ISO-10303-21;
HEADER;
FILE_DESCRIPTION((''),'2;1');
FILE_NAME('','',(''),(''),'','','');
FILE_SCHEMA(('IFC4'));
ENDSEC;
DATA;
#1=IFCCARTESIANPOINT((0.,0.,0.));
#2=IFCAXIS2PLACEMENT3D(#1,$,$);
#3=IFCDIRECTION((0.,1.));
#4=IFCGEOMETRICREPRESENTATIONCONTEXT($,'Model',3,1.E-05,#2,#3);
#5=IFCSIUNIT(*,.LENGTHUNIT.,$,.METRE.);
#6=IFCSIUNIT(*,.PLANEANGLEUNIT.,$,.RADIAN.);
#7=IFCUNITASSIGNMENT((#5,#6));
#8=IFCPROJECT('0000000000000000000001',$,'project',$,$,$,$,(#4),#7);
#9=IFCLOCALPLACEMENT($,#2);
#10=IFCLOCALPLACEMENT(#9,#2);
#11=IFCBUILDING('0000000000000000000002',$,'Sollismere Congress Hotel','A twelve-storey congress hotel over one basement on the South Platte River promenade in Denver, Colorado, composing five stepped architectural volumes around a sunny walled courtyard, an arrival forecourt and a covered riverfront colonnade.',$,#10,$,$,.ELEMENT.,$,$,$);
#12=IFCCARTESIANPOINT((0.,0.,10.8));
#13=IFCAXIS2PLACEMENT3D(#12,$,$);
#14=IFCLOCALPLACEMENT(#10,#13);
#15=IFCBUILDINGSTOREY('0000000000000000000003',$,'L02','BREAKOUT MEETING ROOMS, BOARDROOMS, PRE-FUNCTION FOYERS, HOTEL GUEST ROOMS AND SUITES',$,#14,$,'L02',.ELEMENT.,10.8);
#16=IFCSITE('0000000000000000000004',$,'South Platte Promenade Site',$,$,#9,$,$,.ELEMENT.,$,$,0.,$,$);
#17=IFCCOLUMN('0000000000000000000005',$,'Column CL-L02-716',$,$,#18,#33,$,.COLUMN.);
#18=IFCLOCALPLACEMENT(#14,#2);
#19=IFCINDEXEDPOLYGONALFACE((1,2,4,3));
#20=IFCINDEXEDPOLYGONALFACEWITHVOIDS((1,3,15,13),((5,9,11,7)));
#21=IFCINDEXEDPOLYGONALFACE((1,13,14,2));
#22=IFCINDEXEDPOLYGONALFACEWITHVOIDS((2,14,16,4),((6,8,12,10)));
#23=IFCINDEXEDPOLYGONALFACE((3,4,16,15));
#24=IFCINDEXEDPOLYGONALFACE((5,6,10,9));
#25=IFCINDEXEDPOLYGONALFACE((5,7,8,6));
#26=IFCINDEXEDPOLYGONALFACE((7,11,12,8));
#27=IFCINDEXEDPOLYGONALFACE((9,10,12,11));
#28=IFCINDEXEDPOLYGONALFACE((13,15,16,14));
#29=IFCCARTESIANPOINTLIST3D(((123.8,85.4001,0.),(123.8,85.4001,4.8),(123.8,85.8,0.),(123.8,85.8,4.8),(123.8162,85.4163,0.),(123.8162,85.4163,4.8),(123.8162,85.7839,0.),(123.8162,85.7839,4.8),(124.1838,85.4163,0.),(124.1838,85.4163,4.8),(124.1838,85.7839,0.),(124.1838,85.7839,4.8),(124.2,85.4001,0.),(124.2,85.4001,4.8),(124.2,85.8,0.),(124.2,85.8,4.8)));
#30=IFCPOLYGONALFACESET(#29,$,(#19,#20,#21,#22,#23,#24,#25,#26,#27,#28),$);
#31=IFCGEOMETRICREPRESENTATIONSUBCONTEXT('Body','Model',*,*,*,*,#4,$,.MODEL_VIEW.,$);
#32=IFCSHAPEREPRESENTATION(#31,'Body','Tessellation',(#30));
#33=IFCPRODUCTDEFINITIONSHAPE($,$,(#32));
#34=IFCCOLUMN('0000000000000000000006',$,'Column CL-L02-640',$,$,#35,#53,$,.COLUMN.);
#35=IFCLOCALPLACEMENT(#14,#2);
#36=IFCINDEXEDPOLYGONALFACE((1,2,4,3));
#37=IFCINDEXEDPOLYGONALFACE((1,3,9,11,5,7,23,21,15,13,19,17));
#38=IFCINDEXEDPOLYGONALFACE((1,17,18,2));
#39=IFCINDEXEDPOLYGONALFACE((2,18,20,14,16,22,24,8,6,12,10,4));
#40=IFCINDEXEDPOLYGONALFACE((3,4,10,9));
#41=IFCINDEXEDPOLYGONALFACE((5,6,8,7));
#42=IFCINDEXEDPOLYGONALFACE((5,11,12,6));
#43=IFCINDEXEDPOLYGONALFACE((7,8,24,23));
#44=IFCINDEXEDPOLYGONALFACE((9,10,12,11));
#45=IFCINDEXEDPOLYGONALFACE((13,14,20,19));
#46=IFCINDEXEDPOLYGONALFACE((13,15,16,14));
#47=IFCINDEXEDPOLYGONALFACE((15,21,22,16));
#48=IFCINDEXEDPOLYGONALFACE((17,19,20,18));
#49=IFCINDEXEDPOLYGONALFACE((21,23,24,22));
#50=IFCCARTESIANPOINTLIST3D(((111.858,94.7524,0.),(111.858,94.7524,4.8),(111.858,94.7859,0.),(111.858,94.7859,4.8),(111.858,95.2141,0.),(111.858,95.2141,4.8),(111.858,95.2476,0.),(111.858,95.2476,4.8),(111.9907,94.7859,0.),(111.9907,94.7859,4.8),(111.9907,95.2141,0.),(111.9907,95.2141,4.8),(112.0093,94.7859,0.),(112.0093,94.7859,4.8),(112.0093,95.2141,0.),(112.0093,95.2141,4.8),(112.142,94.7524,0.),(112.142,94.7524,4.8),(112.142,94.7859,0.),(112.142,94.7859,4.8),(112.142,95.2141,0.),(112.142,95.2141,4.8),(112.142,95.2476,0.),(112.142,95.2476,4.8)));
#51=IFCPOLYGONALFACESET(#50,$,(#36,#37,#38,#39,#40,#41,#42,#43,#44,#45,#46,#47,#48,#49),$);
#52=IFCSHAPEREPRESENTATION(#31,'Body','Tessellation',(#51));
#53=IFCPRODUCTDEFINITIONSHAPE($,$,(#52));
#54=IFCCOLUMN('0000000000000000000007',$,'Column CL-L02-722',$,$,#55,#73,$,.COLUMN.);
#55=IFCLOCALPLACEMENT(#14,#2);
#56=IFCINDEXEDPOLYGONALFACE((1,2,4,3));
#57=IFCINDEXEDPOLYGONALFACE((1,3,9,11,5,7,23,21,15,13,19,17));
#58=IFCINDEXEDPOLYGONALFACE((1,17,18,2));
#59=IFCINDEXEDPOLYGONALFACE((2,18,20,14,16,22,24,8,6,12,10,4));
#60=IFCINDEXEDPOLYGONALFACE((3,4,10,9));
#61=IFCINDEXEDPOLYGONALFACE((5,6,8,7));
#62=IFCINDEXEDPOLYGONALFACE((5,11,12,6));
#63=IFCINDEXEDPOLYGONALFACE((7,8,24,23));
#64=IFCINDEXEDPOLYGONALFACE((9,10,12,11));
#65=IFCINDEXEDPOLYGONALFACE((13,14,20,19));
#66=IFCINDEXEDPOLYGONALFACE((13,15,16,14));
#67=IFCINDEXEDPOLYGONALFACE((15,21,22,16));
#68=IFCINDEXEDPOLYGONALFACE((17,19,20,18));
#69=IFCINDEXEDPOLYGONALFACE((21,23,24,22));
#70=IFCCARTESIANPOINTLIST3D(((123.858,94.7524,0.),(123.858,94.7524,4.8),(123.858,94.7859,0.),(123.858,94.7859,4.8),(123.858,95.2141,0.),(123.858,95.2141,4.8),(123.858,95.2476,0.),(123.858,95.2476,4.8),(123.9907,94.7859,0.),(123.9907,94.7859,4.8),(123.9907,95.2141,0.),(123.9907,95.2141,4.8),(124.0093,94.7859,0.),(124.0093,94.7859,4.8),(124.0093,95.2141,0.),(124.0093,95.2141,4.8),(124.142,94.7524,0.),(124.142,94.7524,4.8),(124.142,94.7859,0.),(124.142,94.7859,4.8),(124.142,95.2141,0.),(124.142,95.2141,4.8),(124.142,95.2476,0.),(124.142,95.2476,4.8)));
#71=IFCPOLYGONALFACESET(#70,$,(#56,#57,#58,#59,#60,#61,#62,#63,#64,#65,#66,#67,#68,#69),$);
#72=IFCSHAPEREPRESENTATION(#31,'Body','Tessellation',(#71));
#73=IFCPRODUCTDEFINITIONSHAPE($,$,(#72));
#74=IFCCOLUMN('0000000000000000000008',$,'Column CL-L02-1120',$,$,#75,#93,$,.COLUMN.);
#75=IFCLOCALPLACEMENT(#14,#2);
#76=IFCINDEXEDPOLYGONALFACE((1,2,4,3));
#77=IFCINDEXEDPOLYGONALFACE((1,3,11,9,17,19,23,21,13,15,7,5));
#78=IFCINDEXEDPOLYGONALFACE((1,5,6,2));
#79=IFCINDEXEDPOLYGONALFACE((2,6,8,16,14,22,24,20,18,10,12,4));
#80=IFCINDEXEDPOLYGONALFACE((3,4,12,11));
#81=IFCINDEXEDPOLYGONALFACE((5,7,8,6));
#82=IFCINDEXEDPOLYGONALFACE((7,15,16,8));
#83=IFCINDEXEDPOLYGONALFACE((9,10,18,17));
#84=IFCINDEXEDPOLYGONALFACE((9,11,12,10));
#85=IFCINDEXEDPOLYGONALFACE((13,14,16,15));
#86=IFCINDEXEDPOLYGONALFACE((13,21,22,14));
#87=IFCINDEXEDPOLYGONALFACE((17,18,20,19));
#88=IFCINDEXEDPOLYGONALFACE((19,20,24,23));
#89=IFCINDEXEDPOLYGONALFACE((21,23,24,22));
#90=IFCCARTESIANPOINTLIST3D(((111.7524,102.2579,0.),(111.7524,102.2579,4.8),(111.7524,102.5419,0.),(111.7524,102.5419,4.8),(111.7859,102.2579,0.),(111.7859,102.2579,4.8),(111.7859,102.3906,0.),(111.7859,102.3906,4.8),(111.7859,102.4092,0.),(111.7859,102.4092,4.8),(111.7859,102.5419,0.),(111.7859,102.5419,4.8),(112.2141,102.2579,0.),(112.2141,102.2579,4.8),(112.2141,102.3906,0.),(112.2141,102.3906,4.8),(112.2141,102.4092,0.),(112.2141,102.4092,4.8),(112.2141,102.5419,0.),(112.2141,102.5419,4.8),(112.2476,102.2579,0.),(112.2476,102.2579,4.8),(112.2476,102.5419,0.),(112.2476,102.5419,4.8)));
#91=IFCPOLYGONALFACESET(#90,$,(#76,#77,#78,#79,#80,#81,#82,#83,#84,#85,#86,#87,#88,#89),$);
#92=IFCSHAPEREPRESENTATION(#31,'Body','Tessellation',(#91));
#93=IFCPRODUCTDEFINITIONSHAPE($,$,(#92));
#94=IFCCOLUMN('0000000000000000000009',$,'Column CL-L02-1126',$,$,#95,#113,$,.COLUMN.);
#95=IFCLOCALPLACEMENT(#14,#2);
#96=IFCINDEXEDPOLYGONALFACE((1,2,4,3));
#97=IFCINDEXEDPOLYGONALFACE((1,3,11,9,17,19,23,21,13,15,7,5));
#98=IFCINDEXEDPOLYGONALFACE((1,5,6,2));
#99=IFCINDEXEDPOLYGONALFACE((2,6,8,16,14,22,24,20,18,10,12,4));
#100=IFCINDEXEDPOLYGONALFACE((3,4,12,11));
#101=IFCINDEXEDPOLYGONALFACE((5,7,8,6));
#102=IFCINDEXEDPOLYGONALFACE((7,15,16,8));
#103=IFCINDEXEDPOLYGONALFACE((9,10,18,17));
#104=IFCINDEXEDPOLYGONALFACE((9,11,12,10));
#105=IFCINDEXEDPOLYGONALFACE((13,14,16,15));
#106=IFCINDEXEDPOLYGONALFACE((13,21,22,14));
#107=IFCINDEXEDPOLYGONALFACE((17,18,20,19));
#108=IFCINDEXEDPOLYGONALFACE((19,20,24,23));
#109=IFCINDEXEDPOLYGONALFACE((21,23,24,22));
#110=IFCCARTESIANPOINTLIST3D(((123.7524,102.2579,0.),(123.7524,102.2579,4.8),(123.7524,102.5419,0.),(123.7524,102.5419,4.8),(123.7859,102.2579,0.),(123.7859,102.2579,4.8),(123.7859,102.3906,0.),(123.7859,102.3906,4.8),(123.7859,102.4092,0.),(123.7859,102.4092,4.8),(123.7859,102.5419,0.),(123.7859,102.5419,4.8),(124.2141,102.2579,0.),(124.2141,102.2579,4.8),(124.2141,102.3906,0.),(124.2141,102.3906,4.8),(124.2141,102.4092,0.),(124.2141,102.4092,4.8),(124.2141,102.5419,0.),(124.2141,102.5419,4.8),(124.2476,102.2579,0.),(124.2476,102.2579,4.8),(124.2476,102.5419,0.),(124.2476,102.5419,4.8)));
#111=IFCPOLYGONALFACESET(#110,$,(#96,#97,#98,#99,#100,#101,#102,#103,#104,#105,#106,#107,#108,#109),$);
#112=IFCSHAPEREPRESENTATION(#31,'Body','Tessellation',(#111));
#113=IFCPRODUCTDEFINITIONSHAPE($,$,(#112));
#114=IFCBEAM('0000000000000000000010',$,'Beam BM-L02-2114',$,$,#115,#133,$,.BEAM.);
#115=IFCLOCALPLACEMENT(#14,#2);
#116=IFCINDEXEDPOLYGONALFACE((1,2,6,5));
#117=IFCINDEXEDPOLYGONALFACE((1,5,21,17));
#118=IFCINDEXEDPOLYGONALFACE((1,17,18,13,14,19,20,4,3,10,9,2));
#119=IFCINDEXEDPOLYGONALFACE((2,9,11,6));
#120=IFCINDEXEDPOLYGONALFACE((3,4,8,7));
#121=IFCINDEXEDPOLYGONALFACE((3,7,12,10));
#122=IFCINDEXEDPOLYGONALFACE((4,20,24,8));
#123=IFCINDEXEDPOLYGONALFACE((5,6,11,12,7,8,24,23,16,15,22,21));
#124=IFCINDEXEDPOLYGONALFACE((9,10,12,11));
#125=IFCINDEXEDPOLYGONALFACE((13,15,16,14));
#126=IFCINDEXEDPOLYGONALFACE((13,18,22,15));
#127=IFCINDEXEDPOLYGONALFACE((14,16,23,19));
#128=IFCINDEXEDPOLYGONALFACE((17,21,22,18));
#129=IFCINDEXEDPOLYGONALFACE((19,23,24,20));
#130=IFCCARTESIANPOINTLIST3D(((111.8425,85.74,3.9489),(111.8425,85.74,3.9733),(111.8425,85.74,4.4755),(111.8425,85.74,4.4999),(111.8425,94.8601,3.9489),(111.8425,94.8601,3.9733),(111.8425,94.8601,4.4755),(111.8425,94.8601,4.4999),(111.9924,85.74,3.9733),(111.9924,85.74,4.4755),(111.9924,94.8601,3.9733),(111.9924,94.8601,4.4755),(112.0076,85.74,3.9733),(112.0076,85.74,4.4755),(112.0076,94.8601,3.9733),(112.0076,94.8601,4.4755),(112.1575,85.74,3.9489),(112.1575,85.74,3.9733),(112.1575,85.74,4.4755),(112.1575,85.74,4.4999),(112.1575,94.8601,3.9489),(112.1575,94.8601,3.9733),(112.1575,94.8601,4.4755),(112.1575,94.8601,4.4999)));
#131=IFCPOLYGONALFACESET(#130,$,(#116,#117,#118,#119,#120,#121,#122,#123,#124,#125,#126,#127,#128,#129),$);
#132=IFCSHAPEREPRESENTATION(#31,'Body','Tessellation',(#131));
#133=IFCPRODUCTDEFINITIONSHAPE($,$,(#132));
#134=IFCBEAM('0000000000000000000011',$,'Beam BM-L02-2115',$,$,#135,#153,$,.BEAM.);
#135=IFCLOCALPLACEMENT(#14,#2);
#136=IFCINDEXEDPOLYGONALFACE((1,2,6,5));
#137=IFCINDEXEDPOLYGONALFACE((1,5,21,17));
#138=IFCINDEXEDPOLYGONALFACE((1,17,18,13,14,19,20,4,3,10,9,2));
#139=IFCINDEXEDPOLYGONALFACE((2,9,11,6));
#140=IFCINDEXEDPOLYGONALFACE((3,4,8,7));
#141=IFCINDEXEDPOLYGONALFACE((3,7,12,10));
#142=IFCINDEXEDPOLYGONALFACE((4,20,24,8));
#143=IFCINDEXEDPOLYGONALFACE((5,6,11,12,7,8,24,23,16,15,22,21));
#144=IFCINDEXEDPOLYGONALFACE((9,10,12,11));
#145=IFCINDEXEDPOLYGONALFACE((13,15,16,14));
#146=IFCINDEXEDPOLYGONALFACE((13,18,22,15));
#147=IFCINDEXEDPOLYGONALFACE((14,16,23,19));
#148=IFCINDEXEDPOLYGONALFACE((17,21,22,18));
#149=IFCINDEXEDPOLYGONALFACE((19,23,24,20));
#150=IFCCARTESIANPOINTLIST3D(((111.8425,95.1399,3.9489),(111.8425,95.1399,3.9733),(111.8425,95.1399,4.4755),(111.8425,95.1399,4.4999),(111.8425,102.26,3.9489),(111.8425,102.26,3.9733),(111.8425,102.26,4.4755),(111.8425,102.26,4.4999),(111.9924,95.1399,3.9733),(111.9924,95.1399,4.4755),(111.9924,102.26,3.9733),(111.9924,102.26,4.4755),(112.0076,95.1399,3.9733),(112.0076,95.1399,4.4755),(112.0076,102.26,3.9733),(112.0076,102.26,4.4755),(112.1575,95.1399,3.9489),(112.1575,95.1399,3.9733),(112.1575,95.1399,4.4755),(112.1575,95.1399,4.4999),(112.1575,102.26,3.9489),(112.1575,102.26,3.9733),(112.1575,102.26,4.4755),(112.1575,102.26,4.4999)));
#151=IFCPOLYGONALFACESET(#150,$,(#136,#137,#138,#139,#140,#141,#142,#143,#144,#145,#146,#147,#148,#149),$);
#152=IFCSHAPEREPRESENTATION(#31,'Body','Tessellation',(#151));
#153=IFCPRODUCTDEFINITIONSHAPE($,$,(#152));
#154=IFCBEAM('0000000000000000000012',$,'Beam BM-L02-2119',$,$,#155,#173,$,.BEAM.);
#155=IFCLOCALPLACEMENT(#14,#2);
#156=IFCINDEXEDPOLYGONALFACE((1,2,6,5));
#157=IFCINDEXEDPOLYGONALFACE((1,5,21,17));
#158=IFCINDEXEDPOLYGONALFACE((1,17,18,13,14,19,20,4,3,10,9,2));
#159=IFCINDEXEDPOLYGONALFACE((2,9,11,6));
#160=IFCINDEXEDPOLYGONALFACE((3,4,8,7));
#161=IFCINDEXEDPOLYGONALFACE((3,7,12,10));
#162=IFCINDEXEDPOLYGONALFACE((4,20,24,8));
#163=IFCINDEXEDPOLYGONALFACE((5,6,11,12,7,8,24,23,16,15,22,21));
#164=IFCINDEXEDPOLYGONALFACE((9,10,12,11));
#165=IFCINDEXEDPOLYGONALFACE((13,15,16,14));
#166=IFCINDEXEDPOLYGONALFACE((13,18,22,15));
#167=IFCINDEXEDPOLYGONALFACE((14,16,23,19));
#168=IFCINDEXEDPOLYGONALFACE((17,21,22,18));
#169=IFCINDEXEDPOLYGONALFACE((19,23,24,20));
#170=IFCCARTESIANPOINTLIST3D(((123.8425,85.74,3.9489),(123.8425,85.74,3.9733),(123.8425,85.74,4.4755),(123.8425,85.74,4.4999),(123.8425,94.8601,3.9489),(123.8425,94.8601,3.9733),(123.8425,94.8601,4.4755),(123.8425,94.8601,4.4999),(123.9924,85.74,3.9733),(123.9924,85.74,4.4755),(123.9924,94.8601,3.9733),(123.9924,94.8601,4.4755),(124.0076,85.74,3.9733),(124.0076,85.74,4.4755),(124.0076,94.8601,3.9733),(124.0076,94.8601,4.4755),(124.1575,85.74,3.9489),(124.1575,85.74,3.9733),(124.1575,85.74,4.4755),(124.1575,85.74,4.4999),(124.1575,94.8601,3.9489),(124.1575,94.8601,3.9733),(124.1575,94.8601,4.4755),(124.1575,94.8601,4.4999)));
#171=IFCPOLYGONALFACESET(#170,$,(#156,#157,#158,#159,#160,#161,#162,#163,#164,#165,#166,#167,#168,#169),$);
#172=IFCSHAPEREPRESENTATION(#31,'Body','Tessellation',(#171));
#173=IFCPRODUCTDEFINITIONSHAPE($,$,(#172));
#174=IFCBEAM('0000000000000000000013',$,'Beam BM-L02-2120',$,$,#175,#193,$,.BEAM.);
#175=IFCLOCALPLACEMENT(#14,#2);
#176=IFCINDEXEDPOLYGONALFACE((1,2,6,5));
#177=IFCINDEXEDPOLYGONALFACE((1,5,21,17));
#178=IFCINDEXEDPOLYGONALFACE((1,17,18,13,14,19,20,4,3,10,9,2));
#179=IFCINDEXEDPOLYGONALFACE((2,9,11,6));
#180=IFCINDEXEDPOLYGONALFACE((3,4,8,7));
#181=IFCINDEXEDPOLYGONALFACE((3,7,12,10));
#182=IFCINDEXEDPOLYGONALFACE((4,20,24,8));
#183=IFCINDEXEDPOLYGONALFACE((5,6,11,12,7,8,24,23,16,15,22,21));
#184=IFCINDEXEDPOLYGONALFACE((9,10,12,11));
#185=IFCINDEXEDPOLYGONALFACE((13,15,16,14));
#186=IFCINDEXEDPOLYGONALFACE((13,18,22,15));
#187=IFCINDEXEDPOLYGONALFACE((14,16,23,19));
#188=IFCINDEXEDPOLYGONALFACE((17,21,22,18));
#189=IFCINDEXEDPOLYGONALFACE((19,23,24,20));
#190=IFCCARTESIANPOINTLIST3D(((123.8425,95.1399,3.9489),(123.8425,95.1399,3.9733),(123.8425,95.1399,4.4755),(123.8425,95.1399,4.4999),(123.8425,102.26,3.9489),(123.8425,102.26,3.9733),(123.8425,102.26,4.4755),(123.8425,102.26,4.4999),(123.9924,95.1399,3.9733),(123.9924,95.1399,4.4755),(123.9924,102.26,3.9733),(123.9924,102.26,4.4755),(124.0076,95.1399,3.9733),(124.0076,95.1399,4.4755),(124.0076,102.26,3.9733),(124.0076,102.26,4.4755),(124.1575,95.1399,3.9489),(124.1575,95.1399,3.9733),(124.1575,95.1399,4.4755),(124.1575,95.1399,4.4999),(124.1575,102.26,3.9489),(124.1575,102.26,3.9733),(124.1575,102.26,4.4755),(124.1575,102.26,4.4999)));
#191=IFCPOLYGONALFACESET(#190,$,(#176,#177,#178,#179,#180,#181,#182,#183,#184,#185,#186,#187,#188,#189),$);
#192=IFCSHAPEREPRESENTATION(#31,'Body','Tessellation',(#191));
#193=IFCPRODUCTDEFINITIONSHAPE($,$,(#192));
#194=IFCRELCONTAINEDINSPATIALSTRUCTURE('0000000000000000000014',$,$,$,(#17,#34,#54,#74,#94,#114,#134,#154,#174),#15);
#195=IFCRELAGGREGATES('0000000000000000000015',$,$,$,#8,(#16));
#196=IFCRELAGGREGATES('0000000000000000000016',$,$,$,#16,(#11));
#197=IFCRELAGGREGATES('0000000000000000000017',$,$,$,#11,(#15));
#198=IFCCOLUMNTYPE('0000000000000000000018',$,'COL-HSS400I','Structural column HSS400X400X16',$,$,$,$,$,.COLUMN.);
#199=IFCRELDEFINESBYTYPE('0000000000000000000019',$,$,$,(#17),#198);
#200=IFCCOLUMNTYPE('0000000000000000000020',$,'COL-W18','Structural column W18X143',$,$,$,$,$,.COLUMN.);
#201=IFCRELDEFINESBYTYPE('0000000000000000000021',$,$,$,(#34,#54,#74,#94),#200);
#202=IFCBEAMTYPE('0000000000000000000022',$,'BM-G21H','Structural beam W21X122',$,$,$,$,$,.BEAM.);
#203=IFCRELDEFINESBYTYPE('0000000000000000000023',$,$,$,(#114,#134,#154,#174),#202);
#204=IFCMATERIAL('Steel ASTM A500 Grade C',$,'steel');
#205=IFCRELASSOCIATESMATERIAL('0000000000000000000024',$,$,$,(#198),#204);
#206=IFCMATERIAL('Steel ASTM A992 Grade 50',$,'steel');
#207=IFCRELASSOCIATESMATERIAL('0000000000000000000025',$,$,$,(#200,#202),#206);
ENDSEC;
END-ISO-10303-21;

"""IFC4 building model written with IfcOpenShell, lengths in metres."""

from ifc_helpers import new_model, si_unit, direction, frame, origin, origin_2d, place, context, subcontext, project, spatial, hollow_rectangle, i_section, extrude, material, material_profile, profile_set, type_object, element, save


model = new_model("IFC4")

# Units and contexts
model_context = context("Model", 3, precision=1e-05, world=origin(), true_north=direction((0.0, 1.0)))
body_context = subcontext(model_context, "Body", "Model", "MODEL_VIEW")
ifc_project = project(units=[si_unit("LENGTHUNIT", "METRE"), si_unit("PLANEANGLEUNIT", "RADIAN")], contexts=[model_context])

# Site, building, storey
site_placement = place(None, origin())
site = spatial("IfcSite", under=ifc_project, at=site_placement, Name="South Platte Promenade Site", CompositionType="ELEMENT", RefElevation=0.0)
building_placement = place(site_placement, origin())
building = spatial("IfcBuilding", under=site, at=building_placement, Name="Sollismere Congress Hotel", Description="A twelve-storey congress hotel over one basement on the South Platte River promenade in Denver, Colorado, composing five stepped architectural volumes around a sunny walled courtyard, an arrival forecourt and a covered riverfront colonnade.", CompositionType="ELEMENT")
storey_placement = place(building_placement, frame((0.0, 0.0, 10.8)))
storey = spatial("IfcBuildingStorey", under=building, at=storey_placement, Name="L02", Description="BREAKOUT MEETING ROOMS, BOARDROOMS, PRE-FUNCTION FOYERS, HOTEL GUEST ROOMS AND SUITES", LongName="L02", CompositionType="ELEMENT", Elevation=10.8)

# Columns
ifc_material_1 = material(Name="Steel ASTM A500 Grade C", Category="steel")
ifc_material_profile_1 = material_profile(ifc_material_1, hollow_rectangle(XDim=0.3999, YDim=0.3999, WallThickness=0.0161, at=origin_2d()), Name="HSS400X400X16")
ifc_profile_set_1 = profile_set([ifc_material_profile_1], Name="Steel ASTM A500 Grade C")
column_type_1 = type_object("IfcColumnType", Name="COL-HSS400I", Description="Structural column HSS400X400X16", PredefinedType="COLUMN", material=ifc_profile_set_1)
column_placement = place(storey_placement, frame((124.0, 85.6001, 0.0), z_axis=(0.0, 0.0, 1.0), x_axis=(1.0, 0.0, 0.0)))
element("IfcColumn", 1, at=column_placement, inside=storey, type_object=column_type_1, Name="Column CL-L02-716", PredefinedType="COLUMN", context=body_context, shape_type="SweptSolid", body=[
    extrude(hollow_rectangle(XDim=0.3999, YDim=0.3999, WallThickness=0.0161, at=origin_2d()), origin(), (0.0, 0.0, 1.0), 4.8),
])
ifc_material_2 = material(Name="Steel ASTM A992 Grade 50", Category="steel")
ifc_material_profile_2 = material_profile(ifc_material_2, i_section(OverallWidth=0.2839, OverallDepth=0.4951, WebThickness=0.0186, FlangeThickness=0.0334, at=origin_2d()), Name="W18X143")
ifc_profile_set_2 = profile_set([ifc_material_profile_2], Name="Steel ASTM A992 Grade 50")
column_type_2 = type_object("IfcColumnType", Name="COL-W18", Description="Structural column W18X143", PredefinedType="COLUMN", material=ifc_profile_set_2)
for number, where, z_axis, x_axis, name in (
    (2, (112.0, 95.0, 0.0), (0.0, 0.0, 1.0), (1.0, 0.0, 0.0), "Column CL-L02-640"),
    (3, (124.0, 95.0, 0.0), (0.0, 0.0, 1.0), (1.0, 0.0, 0.0), "Column CL-L02-722"),
    (4, (112.0, 102.3999, 0.0), (0.0, 0.0, 1.0), (0.0, 1.0, 0.0), "Column CL-L02-1120"),
    (5, (124.0, 102.3999, 0.0), (0.0, 0.0, 1.0), (0.0, 1.0, 0.0), "Column CL-L02-1126"),
):
    element("IfcColumn", number, at=place(storey_placement, frame(where, z_axis=z_axis, x_axis=x_axis)), inside=storey, type_object=column_type_2, Name=name, PredefinedType="COLUMN", context=body_context, shape_type="SweptSolid", body=[
        extrude(i_section(OverallWidth=0.2839, OverallDepth=0.4951, WebThickness=0.0186, FlangeThickness=0.0334, at=origin_2d()), origin(), (0.0, 0.0, 1.0), 4.8),
    ])

# Beams
ifc_material_profile_3 = material_profile(ifc_material_2, i_section(OverallWidth=0.3149, OverallDepth=0.551, WebThickness=0.0151, FlangeThickness=0.0244, at=origin_2d()), Name="W21X122")
ifc_profile_set_3 = profile_set([ifc_material_profile_3], Name="Steel ASTM A992 Grade 50")
beam_type_1 = type_object("IfcBeamType", Name="BM-G21H", Description="Structural beam W21X122", PredefinedType="BEAM", material=ifc_profile_set_3)
beam_1_placement = place(storey_placement, frame((112.0, 85.74, 4.2244), z_axis=(0.0, 1.0, 0.0), x_axis=(-1.0, 0.0, 0.0)))
element("IfcBeam", 6, at=beam_1_placement, inside=storey, type_object=beam_type_1, Name="Beam BM-L02-2114", PredefinedType="BEAM", context=body_context, shape_type="SweptSolid", body=[
    extrude(i_section(OverallWidth=0.3149, OverallDepth=0.551, WebThickness=0.0151, FlangeThickness=0.0244, at=origin_2d()), origin(), (0.0, 0.0, 1.0), 9.1201),
])
beam_2_placement = place(storey_placement, frame((112.0, 95.1399, 4.2244), z_axis=(0.0, 1.0, 0.0), x_axis=(-1.0, 0.0, 0.0)))
element("IfcBeam", 7, at=beam_2_placement, inside=storey, type_object=beam_type_1, Name="Beam BM-L02-2115", PredefinedType="BEAM", context=body_context, shape_type="SweptSolid", body=[
    extrude(i_section(OverallWidth=0.3149, OverallDepth=0.551, WebThickness=0.0151, FlangeThickness=0.0244, at=origin_2d()), origin(), (0.0, 0.0, 1.0), 7.1201),
])
beam_3_placement = place(storey_placement, frame((124.0, 85.74, 4.2244), z_axis=(0.0, 1.0, 0.0), x_axis=(-1.0, 0.0, 0.0)))
element("IfcBeam", 8, at=beam_3_placement, inside=storey, type_object=beam_type_1, Name="Beam BM-L02-2119", PredefinedType="BEAM", context=body_context, shape_type="SweptSolid", body=[
    extrude(i_section(OverallWidth=0.3149, OverallDepth=0.551, WebThickness=0.0151, FlangeThickness=0.0244, at=origin_2d()), origin(), (0.0, 0.0, 1.0), 9.1201),
])
beam_4_placement = place(storey_placement, frame((124.0, 95.1399, 4.2244), z_axis=(0.0, 1.0, 0.0), x_axis=(-1.0, 0.0, 0.0)))
element("IfcBeam", 9, at=beam_4_placement, inside=storey, type_object=beam_type_1, Name="Beam BM-L02-2120", PredefinedType="BEAM", context=body_context, shape_type="SweptSolid", body=[
    extrude(i_section(OverallWidth=0.3149, OverallDepth=0.551, WebThickness=0.0151, FlangeThickness=0.0244, at=origin_2d()), origin(), (0.0, 0.0, 1.0), 7.1201),
])

save(model, "model.ifc")
